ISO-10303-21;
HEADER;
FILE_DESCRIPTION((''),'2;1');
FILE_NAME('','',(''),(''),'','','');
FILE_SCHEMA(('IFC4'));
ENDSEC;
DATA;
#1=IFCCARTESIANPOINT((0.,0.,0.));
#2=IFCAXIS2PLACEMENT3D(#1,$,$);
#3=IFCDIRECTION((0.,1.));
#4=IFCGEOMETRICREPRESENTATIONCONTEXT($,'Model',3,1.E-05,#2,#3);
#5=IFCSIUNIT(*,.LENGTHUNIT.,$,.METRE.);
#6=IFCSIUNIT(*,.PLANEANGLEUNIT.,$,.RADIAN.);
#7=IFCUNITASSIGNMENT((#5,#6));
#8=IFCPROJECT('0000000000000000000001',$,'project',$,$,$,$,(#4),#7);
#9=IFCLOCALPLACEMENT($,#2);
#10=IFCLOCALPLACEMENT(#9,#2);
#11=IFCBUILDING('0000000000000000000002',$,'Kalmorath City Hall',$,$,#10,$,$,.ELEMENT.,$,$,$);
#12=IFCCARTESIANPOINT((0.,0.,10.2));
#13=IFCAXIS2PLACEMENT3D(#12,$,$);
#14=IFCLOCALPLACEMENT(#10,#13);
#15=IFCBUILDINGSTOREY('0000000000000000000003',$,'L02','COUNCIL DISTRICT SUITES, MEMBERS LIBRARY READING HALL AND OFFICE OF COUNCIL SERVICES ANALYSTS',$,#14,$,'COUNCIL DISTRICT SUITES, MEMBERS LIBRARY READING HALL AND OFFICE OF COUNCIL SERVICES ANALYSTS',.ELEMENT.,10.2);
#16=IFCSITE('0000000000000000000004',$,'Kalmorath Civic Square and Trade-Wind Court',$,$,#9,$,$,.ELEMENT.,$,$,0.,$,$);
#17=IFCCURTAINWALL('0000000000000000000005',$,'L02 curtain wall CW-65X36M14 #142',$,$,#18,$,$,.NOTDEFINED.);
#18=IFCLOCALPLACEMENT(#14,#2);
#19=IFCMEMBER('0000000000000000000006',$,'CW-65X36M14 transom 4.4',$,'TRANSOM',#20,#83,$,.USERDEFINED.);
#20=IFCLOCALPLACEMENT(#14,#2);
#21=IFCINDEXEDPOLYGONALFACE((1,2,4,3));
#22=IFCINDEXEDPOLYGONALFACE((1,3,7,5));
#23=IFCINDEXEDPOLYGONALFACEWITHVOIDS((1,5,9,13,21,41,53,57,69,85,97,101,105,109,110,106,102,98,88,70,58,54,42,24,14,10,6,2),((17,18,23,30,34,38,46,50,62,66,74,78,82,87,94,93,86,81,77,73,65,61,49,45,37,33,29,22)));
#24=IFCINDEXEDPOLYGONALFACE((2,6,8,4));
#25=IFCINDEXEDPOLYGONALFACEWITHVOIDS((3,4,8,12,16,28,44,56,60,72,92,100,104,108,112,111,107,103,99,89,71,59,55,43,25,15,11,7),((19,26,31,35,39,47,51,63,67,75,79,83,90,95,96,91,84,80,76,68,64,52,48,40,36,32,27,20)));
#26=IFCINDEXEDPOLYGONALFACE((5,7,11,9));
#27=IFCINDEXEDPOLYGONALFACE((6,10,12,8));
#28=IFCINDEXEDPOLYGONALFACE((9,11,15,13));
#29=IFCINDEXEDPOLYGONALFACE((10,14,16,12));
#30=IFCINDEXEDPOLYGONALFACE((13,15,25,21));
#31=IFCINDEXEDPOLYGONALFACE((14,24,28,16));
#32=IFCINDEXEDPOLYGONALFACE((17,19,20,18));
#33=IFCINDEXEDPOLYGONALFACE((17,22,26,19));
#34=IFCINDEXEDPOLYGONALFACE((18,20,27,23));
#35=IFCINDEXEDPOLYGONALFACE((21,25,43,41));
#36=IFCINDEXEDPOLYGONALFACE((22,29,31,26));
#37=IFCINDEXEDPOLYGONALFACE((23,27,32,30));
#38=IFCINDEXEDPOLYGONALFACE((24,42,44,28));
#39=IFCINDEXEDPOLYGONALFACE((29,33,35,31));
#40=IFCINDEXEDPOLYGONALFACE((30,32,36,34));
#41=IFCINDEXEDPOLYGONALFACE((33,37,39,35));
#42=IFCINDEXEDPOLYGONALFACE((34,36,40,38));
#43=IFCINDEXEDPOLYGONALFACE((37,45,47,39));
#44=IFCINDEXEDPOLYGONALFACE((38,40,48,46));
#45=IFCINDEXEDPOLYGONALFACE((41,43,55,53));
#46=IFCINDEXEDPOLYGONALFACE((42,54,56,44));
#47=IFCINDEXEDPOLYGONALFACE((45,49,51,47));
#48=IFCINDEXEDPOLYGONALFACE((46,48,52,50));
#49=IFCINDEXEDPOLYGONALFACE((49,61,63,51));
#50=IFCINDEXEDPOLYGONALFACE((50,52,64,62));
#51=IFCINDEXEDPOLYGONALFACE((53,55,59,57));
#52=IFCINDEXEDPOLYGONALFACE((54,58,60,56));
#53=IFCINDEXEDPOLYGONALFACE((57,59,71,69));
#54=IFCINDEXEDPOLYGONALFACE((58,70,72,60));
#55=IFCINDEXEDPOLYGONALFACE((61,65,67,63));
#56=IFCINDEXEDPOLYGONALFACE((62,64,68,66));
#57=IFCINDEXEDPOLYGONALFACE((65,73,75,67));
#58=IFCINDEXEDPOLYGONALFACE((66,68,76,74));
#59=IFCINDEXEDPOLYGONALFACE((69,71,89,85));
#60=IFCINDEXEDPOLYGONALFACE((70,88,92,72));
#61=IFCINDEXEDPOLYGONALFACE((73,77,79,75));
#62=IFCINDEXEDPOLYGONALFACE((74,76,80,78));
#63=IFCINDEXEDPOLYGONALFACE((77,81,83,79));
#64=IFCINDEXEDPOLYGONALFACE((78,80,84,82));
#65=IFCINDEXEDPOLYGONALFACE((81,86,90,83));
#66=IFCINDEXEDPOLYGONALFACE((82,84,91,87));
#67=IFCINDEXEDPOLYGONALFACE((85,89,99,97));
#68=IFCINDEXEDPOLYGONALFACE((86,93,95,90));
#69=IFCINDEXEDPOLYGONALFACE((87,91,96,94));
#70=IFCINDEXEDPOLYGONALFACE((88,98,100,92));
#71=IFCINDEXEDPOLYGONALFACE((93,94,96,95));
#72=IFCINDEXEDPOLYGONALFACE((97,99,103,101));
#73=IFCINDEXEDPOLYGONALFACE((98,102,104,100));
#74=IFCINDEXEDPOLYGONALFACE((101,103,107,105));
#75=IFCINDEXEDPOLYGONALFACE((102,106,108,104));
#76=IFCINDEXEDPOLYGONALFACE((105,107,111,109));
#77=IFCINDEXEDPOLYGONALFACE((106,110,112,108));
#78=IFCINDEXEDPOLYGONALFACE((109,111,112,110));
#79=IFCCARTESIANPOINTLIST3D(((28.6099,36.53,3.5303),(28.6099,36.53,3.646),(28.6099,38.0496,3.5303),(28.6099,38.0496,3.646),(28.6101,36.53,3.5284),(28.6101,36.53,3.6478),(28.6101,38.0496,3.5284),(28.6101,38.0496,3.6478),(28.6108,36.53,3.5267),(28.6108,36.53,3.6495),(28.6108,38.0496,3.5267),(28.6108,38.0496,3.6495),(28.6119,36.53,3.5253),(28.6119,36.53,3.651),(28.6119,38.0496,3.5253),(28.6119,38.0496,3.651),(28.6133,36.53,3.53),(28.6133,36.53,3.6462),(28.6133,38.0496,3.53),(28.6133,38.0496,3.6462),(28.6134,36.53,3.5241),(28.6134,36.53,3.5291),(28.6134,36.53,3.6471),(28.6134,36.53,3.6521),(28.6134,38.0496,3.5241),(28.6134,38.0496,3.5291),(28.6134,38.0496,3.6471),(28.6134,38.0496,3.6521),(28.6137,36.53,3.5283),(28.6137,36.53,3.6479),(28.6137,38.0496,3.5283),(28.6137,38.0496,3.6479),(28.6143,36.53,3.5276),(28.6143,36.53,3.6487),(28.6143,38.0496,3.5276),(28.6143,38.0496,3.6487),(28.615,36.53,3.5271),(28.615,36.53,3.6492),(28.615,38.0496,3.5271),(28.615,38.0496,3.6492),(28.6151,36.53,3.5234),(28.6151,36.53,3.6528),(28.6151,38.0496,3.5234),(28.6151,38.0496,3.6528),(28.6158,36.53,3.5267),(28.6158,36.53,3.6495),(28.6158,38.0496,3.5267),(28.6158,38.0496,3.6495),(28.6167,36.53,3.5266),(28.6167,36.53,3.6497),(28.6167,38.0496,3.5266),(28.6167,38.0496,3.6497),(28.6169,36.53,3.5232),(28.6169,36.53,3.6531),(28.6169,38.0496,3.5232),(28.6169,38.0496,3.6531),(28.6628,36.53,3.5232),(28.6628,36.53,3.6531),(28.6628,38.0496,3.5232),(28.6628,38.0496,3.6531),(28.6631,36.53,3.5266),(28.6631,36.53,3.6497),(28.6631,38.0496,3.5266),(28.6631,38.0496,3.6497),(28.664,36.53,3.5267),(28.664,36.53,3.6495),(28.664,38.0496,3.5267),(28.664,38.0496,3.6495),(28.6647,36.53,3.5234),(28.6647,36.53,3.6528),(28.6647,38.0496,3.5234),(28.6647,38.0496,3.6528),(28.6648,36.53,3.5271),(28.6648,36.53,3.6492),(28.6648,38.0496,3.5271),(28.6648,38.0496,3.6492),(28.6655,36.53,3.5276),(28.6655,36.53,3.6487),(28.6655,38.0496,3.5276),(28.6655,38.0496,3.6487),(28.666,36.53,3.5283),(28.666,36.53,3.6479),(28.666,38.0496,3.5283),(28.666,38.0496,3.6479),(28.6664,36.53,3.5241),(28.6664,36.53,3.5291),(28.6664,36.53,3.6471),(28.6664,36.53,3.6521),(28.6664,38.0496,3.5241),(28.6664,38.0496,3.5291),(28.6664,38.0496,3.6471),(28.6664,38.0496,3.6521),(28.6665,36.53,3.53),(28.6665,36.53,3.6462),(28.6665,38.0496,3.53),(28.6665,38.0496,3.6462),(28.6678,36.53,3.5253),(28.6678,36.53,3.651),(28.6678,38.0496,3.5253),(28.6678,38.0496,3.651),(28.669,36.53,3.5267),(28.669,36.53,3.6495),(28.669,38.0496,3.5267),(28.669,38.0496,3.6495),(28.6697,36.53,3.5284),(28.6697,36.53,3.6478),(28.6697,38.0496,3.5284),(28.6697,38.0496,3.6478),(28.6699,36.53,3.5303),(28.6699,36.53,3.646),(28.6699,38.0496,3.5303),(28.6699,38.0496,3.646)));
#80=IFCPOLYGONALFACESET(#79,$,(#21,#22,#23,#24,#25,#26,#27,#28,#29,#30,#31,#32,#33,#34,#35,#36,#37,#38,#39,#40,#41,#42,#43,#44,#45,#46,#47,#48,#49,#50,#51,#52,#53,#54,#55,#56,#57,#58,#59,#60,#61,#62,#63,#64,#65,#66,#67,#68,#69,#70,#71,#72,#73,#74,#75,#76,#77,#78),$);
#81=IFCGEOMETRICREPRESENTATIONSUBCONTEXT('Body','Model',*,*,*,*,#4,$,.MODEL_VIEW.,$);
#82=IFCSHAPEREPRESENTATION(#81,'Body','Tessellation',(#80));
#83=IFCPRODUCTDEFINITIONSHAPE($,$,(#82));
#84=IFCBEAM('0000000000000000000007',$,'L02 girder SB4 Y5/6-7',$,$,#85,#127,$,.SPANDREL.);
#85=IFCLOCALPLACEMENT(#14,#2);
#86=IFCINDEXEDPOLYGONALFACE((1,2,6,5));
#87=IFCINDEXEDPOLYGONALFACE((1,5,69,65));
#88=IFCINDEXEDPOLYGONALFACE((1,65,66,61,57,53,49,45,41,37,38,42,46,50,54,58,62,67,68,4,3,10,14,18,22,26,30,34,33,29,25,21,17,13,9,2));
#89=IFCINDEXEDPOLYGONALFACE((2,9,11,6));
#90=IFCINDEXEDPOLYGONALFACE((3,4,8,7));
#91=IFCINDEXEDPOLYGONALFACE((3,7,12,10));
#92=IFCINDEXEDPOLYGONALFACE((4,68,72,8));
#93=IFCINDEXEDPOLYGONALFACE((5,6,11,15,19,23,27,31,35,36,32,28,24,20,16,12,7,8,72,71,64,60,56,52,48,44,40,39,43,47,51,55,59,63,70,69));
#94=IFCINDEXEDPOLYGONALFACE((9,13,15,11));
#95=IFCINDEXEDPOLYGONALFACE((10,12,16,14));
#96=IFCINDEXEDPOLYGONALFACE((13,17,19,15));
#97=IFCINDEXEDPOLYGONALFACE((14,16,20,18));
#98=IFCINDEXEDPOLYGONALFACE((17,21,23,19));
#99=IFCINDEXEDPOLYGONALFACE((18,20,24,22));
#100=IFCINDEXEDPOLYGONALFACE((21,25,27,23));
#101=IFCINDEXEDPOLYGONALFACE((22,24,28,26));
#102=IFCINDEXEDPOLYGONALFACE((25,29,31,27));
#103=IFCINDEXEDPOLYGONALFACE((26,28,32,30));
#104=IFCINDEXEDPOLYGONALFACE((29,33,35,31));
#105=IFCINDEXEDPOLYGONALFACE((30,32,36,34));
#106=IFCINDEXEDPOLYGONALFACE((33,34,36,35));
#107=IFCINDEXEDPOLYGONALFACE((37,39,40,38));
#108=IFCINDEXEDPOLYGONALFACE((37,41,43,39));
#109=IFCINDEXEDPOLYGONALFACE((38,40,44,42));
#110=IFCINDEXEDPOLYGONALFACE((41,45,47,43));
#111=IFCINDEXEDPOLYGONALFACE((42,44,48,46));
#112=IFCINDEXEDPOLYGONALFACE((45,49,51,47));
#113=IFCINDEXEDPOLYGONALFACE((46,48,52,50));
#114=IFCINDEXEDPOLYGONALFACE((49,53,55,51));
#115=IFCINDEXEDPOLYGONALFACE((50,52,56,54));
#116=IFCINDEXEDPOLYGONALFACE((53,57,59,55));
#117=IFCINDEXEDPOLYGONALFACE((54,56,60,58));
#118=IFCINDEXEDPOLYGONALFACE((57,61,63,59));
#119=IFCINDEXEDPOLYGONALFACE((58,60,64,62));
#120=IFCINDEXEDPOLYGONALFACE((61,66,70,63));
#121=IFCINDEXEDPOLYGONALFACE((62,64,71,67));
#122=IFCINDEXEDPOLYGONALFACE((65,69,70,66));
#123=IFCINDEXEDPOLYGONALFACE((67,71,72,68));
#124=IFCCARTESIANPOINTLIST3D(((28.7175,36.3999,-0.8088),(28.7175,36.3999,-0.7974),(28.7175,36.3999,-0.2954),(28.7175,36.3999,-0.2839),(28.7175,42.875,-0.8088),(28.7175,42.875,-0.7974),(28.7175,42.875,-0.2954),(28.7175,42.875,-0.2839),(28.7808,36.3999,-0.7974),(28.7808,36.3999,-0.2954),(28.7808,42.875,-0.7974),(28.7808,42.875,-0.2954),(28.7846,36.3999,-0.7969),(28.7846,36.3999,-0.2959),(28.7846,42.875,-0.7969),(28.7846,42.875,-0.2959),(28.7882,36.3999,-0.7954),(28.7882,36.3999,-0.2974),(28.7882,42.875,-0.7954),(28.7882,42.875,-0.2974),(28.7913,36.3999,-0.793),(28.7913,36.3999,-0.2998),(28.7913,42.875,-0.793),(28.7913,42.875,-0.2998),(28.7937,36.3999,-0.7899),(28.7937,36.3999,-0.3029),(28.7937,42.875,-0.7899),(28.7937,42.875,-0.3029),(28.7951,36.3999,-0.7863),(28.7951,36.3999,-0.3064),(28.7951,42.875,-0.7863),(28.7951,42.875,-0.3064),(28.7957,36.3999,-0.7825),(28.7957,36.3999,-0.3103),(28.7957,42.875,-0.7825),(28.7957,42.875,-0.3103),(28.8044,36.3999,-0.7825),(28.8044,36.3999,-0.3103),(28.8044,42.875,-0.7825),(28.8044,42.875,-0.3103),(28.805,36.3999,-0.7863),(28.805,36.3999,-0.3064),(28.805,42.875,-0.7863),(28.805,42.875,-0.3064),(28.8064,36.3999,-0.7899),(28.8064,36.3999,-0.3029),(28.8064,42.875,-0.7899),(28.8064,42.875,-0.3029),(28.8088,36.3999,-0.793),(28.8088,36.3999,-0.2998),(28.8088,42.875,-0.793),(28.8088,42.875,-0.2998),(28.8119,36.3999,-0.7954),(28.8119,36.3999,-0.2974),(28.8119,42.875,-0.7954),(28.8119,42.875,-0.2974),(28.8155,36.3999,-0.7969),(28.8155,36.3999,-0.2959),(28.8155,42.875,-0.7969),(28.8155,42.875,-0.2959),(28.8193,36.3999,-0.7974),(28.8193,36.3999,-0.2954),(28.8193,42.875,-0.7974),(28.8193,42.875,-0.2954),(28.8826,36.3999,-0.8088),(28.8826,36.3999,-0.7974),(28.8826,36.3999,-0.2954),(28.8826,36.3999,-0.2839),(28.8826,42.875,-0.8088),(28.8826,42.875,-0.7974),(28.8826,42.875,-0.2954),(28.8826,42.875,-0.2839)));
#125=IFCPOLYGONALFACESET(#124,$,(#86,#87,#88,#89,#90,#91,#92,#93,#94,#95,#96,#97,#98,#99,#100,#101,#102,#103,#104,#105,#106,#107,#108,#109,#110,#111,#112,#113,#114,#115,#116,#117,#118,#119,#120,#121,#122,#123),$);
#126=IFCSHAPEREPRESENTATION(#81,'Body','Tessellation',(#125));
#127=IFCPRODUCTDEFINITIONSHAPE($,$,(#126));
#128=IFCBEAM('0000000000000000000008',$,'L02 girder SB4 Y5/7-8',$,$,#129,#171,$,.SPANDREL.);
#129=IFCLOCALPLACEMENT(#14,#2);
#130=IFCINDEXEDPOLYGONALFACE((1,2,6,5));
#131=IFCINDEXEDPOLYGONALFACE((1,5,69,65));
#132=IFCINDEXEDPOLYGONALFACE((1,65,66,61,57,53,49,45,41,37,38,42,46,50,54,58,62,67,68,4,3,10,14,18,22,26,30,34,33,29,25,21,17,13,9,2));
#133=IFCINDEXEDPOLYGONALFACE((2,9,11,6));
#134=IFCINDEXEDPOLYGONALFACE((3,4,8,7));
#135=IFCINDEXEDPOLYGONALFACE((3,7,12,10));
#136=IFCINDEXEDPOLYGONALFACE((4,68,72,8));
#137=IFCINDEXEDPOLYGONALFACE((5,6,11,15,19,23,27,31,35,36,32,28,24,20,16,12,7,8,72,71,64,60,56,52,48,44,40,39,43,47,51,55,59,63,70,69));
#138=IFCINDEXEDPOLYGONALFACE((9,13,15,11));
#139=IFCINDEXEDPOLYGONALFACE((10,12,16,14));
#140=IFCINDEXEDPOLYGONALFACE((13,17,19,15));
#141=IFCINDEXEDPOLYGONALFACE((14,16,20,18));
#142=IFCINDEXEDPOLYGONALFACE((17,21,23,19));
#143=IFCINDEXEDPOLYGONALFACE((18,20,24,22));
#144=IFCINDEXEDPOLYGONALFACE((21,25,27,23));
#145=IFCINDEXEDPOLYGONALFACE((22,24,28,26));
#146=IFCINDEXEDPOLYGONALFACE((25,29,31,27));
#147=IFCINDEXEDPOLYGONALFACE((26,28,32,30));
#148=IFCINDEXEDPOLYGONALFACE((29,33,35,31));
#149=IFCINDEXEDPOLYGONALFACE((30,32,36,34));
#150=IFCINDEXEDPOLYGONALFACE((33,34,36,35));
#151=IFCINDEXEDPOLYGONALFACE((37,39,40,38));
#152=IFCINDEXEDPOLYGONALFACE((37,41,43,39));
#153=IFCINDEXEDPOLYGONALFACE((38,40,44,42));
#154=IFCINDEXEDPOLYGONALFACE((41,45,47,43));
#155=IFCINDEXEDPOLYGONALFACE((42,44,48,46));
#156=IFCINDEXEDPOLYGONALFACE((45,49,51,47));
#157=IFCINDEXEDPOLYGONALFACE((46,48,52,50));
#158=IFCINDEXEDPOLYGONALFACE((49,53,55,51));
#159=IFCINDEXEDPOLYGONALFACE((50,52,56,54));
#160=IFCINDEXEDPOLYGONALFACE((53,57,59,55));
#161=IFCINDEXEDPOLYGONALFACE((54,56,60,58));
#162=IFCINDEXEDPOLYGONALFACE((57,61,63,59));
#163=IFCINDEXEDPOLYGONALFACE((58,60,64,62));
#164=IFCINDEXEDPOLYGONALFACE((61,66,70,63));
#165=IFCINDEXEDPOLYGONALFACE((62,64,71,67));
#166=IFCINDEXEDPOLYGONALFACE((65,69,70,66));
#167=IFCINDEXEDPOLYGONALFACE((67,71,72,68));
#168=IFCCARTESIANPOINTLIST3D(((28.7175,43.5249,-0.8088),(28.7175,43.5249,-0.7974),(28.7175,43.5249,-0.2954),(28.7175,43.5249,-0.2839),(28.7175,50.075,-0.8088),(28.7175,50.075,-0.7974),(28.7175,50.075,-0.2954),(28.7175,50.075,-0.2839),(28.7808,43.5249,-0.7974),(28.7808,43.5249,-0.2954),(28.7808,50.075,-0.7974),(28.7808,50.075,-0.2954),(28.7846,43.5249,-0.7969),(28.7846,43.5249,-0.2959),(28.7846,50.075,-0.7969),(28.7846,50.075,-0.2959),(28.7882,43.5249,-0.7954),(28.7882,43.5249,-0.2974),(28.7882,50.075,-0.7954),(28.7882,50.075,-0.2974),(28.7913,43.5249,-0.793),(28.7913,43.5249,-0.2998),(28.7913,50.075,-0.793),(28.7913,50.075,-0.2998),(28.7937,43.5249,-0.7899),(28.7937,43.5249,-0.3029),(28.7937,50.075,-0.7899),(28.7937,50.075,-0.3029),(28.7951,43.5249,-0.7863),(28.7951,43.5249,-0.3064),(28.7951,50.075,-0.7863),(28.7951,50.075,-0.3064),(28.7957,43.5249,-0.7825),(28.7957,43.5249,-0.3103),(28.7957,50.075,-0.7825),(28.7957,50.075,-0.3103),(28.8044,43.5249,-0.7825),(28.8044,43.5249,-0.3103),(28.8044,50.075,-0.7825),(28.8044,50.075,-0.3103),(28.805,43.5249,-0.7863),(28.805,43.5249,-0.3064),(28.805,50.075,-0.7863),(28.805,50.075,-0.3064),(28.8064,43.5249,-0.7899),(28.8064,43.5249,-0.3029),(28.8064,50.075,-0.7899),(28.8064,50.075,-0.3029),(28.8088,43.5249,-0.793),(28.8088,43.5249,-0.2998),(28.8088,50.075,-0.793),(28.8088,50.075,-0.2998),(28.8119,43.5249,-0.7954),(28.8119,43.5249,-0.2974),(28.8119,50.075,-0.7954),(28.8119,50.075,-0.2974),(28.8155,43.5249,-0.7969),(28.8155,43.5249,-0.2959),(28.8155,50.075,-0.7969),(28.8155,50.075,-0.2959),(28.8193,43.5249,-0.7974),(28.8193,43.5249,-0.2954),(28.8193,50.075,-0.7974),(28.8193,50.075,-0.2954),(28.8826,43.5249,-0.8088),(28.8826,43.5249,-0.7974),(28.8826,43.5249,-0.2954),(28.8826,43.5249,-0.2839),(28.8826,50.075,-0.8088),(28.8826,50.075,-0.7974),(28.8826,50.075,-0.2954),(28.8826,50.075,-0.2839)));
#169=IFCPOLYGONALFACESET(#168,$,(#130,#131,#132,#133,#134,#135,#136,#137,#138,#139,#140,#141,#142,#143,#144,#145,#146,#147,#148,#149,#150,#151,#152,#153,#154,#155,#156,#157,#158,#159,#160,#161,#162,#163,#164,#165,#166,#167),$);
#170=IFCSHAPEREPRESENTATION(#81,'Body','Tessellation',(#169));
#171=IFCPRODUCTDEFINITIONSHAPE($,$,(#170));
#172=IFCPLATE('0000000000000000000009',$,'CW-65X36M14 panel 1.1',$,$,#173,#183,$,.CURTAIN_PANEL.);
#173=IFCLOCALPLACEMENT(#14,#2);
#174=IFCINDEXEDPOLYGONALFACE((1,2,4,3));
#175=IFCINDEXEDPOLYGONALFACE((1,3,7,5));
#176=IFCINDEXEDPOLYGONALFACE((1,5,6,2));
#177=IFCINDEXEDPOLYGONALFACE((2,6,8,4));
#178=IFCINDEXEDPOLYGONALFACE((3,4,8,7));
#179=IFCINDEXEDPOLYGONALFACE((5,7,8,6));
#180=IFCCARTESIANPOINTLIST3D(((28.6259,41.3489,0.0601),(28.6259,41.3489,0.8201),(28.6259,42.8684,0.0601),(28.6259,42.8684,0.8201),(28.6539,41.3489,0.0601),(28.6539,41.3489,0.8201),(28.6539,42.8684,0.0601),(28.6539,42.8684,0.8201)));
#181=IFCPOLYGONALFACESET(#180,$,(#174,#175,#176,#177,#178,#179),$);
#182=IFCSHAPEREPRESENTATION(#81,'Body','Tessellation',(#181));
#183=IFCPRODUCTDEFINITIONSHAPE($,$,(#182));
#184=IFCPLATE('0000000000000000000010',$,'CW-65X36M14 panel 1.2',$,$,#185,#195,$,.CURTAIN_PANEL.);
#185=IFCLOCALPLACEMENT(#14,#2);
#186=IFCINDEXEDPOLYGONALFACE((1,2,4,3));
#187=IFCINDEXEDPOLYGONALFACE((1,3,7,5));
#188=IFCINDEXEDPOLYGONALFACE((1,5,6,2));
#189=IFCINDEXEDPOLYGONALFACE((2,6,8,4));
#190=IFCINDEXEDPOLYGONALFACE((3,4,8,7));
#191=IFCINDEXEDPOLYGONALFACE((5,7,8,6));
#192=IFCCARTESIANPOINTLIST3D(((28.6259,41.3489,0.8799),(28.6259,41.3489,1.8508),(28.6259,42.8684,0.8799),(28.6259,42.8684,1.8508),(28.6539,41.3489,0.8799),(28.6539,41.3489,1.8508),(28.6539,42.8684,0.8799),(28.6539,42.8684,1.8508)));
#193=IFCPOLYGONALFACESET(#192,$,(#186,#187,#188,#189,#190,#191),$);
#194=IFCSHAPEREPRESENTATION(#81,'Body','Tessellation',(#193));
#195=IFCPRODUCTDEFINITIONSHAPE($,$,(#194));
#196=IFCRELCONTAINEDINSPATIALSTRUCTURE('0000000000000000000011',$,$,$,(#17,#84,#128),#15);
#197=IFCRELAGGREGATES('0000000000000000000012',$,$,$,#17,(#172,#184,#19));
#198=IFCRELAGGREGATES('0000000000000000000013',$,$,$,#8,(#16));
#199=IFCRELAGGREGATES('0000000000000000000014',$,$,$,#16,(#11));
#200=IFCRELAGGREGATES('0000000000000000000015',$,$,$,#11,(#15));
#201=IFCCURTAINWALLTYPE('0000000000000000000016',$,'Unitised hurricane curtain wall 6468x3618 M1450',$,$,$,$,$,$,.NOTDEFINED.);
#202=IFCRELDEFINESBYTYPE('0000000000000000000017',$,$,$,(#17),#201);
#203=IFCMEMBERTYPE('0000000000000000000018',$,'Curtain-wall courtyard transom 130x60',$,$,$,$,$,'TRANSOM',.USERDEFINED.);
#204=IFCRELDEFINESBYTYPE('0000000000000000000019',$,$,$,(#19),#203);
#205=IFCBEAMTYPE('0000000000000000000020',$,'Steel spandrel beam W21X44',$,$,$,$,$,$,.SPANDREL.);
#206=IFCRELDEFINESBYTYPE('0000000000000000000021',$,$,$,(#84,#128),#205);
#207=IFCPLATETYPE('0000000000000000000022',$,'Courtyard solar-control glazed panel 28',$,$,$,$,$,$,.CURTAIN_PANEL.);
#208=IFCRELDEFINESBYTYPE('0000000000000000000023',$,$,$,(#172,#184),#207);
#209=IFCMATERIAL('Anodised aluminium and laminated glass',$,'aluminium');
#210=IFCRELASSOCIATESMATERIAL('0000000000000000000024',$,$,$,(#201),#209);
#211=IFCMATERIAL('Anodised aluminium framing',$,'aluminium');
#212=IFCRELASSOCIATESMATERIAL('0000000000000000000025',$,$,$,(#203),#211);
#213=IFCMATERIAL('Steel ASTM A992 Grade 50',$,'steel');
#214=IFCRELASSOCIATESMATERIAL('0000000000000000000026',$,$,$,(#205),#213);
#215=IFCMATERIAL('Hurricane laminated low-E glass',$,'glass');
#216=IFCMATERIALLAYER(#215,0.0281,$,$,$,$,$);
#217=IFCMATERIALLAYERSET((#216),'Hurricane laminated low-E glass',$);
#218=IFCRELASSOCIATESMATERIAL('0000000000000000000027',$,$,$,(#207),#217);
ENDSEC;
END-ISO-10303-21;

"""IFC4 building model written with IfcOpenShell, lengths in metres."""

from ifc_helpers import new_model, si_unit, direction, frame, origin, origin_2d, place, context, subcontext, project, spatial, rectangle, hollow_rectangle, i_section, extrude, material, layer, layer_set, material_profile, profile_set, type_object, element, aggregate, save


model = new_model("IFC4")

# Units and contexts
model_context = context("Model", 3, precision=1e-05, world=origin(), true_north=direction((0.0, 1.0)))
body_context = subcontext(model_context, "Body", "Model", "MODEL_VIEW")
ifc_project = project(units=[si_unit("LENGTHUNIT", "METRE"), si_unit("PLANEANGLEUNIT", "RADIAN")], contexts=[model_context])

# Site, building, storey
site_placement = place(None, origin())
site = spatial("IfcSite", under=ifc_project, at=site_placement, Name="Kalmorath Civic Square and Trade-Wind Court", CompositionType="ELEMENT", RefElevation=0.0)
building_placement = place(site_placement, origin())
building = spatial("IfcBuilding", under=site, at=building_placement, Name="Kalmorath City Hall", CompositionType="ELEMENT")
storey_placement = place(building_placement, frame((0.0, 0.0, 10.2)))
storey = spatial("IfcBuildingStorey", under=building, at=storey_placement, Name="L02", Description="COUNCIL DISTRICT SUITES, MEMBERS LIBRARY READING HALL AND OFFICE OF COUNCIL SERVICES ANALYSTS", LongName="COUNCIL DISTRICT SUITES, MEMBERS LIBRARY READING HALL AND OFFICE OF COUNCIL SERVICES ANALYSTS", CompositionType="ELEMENT", Elevation=10.2)

# Curtain wall, member
ifc_material_1 = material(Name="Anodised aluminium and laminated glass", Category="aluminium")
curtain_wall_type = type_object("IfcCurtainWallType", Name="Unitised hurricane curtain wall 6468x3618 M1450", PredefinedType="NOTDEFINED", material=ifc_material_1)
curtain_wall_placement = place(storey_placement, origin())
curtain_wall = element("IfcCurtainWall", 1, at=curtain_wall_placement, inside=storey, type_object=curtain_wall_type, Name="L02 curtain wall CW-65X36M14 #142", PredefinedType="NOTDEFINED")
ifc_material_2 = material(Name="Anodised aluminium framing", Category="aluminium")
ifc_material_profile_1 = material_profile(ifc_material_2, hollow_rectangle(XDim=0.0601, YDim=0.1299, WallThickness=0.0034, InnerFilletRadius=0.0034, OuterFilletRadius=0.0071, at=origin_2d()), Name="ALU-TRN-130X60X3.5")
ifc_profile_set_1 = profile_set([ifc_material_profile_1], Name="Anodised aluminium framing")
member_type_1 = type_object("IfcMemberType", Name="Curtain-wall courtyard transom 130x60", ElementType="TRANSOM", PredefinedType="USERDEFINED", material=ifc_profile_set_1)
member_1_placement = place(storey_placement, frame((28.6399, 38.0496, 3.5881), z_axis=(0.0, -1.0, 0.0), x_axis=(1.0, 0.0, 0.0)))
member_1 = element("IfcMember", 2, at=member_1_placement, type_object=member_type_1, Name="CW-65X36M14 transom 4.4", ObjectType="TRANSOM", PredefinedType="USERDEFINED", context=body_context, shape_type="SweptSolid", body=[
    extrude(hollow_rectangle(XDim=0.0601, YDim=0.1299, WallThickness=0.0034, InnerFilletRadius=0.0034, OuterFilletRadius=0.0071, at=origin_2d()), origin(), (0.0, 0.0, 1.0), 1.5195),
])

# Beams
ifc_material_3 = material(Name="Steel ASTM A992 Grade 50", Category="steel")
ifc_material_profile_2 = material_profile(ifc_material_3, i_section(OverallWidth=0.165, OverallDepth=0.5249, WebThickness=0.0088, FlangeThickness=0.0115, FilletRadius=0.0149, at=origin_2d()), Name="W21X44")
ifc_profile_set_2 = profile_set([ifc_material_profile_2], Name="Steel ASTM A992 Grade 50")
beam_type = type_object("IfcBeamType", Name="Steel spandrel beam W21X44", PredefinedType="SPANDREL", material=ifc_profile_set_2)
beam_1_placement = place(storey_placement, frame((28.8, 36.3999, -0.5464), z_axis=(0.0, 1.0, 0.0), x_axis=(-1.0, 0.0, 0.0)))
element("IfcBeam", 3, at=beam_1_placement, inside=storey, type_object=beam_type, Name="L02 girder SB4 Y5/6-7", PredefinedType="SPANDREL", context=body_context, shape_type="SweptSolid", body=[
    extrude(i_section(OverallWidth=0.165, OverallDepth=0.5249, WebThickness=0.0088, FlangeThickness=0.0115, FilletRadius=0.0149, at=origin_2d()), origin(), (0.0, 0.0, 1.0), 6.4751),
])
beam_2_placement = place(storey_placement, frame((28.8, 43.5249, -0.5464), z_axis=(0.0, 1.0, 0.0), x_axis=(-1.0, 0.0, 0.0)))
element("IfcBeam", 4, at=beam_2_placement, inside=storey, type_object=beam_type, Name="L02 girder SB4 Y5/7-8", PredefinedType="SPANDREL", context=body_context, shape_type="SweptSolid", body=[
    extrude(i_section(OverallWidth=0.165, OverallDepth=0.5249, WebThickness=0.0088, FlangeThickness=0.0115, FilletRadius=0.0149, at=origin_2d()), origin(), (0.0, 0.0, 1.0), 6.55),
])

# Plates
ifc_material_4 = material(Name="Hurricane laminated low-E glass", Category="glass")
ifc_layer_1 = layer(ifc_material_4, 0.0281)
ifc_layer_set_1 = layer_set([ifc_layer_1], Name="Hurricane laminated low-E glass")
plate_type = type_object("IfcPlateType", Name="Courtyard solar-control glazed panel 28", PredefinedType="CURTAIN_PANEL", material=ifc_layer_set_1)
plate_1_placement = place(storey_placement, frame((28.6399, 42.1086, 0.0601), z_axis=(0.0, 0.0, 1.0), x_axis=(0.0, -1.0, 0.0)))
plate_1 = element("IfcPlate", 5, at=plate_1_placement, type_object=plate_type, Name="CW-65X36M14 panel 1.1", PredefinedType="CURTAIN_PANEL", context=body_context, shape_type="SweptSolid", body=[
    extrude(rectangle(XDim=1.5195, YDim=0.0281, at=origin_2d()), origin(), (0.0, 0.0, 1.0), 0.76),
])
plate_2_placement = place(storey_placement, frame((28.6399, 42.1086, 0.8799), z_axis=(0.0, 0.0, 1.0), x_axis=(0.0, -1.0, 0.0)))
plate_2 = element("IfcPlate", 6, at=plate_2_placement, type_object=plate_type, Name="CW-65X36M14 panel 1.2", PredefinedType="CURTAIN_PANEL", context=body_context, shape_type="SweptSolid", body=[
    extrude(rectangle(XDim=1.5195, YDim=0.0281, at=origin_2d()), origin(), (0.0, 0.0, 1.0), 0.9709),
])
aggregate(curtain_wall, [plate_1, plate_2, member_1])

save(model, "model.ifc")
